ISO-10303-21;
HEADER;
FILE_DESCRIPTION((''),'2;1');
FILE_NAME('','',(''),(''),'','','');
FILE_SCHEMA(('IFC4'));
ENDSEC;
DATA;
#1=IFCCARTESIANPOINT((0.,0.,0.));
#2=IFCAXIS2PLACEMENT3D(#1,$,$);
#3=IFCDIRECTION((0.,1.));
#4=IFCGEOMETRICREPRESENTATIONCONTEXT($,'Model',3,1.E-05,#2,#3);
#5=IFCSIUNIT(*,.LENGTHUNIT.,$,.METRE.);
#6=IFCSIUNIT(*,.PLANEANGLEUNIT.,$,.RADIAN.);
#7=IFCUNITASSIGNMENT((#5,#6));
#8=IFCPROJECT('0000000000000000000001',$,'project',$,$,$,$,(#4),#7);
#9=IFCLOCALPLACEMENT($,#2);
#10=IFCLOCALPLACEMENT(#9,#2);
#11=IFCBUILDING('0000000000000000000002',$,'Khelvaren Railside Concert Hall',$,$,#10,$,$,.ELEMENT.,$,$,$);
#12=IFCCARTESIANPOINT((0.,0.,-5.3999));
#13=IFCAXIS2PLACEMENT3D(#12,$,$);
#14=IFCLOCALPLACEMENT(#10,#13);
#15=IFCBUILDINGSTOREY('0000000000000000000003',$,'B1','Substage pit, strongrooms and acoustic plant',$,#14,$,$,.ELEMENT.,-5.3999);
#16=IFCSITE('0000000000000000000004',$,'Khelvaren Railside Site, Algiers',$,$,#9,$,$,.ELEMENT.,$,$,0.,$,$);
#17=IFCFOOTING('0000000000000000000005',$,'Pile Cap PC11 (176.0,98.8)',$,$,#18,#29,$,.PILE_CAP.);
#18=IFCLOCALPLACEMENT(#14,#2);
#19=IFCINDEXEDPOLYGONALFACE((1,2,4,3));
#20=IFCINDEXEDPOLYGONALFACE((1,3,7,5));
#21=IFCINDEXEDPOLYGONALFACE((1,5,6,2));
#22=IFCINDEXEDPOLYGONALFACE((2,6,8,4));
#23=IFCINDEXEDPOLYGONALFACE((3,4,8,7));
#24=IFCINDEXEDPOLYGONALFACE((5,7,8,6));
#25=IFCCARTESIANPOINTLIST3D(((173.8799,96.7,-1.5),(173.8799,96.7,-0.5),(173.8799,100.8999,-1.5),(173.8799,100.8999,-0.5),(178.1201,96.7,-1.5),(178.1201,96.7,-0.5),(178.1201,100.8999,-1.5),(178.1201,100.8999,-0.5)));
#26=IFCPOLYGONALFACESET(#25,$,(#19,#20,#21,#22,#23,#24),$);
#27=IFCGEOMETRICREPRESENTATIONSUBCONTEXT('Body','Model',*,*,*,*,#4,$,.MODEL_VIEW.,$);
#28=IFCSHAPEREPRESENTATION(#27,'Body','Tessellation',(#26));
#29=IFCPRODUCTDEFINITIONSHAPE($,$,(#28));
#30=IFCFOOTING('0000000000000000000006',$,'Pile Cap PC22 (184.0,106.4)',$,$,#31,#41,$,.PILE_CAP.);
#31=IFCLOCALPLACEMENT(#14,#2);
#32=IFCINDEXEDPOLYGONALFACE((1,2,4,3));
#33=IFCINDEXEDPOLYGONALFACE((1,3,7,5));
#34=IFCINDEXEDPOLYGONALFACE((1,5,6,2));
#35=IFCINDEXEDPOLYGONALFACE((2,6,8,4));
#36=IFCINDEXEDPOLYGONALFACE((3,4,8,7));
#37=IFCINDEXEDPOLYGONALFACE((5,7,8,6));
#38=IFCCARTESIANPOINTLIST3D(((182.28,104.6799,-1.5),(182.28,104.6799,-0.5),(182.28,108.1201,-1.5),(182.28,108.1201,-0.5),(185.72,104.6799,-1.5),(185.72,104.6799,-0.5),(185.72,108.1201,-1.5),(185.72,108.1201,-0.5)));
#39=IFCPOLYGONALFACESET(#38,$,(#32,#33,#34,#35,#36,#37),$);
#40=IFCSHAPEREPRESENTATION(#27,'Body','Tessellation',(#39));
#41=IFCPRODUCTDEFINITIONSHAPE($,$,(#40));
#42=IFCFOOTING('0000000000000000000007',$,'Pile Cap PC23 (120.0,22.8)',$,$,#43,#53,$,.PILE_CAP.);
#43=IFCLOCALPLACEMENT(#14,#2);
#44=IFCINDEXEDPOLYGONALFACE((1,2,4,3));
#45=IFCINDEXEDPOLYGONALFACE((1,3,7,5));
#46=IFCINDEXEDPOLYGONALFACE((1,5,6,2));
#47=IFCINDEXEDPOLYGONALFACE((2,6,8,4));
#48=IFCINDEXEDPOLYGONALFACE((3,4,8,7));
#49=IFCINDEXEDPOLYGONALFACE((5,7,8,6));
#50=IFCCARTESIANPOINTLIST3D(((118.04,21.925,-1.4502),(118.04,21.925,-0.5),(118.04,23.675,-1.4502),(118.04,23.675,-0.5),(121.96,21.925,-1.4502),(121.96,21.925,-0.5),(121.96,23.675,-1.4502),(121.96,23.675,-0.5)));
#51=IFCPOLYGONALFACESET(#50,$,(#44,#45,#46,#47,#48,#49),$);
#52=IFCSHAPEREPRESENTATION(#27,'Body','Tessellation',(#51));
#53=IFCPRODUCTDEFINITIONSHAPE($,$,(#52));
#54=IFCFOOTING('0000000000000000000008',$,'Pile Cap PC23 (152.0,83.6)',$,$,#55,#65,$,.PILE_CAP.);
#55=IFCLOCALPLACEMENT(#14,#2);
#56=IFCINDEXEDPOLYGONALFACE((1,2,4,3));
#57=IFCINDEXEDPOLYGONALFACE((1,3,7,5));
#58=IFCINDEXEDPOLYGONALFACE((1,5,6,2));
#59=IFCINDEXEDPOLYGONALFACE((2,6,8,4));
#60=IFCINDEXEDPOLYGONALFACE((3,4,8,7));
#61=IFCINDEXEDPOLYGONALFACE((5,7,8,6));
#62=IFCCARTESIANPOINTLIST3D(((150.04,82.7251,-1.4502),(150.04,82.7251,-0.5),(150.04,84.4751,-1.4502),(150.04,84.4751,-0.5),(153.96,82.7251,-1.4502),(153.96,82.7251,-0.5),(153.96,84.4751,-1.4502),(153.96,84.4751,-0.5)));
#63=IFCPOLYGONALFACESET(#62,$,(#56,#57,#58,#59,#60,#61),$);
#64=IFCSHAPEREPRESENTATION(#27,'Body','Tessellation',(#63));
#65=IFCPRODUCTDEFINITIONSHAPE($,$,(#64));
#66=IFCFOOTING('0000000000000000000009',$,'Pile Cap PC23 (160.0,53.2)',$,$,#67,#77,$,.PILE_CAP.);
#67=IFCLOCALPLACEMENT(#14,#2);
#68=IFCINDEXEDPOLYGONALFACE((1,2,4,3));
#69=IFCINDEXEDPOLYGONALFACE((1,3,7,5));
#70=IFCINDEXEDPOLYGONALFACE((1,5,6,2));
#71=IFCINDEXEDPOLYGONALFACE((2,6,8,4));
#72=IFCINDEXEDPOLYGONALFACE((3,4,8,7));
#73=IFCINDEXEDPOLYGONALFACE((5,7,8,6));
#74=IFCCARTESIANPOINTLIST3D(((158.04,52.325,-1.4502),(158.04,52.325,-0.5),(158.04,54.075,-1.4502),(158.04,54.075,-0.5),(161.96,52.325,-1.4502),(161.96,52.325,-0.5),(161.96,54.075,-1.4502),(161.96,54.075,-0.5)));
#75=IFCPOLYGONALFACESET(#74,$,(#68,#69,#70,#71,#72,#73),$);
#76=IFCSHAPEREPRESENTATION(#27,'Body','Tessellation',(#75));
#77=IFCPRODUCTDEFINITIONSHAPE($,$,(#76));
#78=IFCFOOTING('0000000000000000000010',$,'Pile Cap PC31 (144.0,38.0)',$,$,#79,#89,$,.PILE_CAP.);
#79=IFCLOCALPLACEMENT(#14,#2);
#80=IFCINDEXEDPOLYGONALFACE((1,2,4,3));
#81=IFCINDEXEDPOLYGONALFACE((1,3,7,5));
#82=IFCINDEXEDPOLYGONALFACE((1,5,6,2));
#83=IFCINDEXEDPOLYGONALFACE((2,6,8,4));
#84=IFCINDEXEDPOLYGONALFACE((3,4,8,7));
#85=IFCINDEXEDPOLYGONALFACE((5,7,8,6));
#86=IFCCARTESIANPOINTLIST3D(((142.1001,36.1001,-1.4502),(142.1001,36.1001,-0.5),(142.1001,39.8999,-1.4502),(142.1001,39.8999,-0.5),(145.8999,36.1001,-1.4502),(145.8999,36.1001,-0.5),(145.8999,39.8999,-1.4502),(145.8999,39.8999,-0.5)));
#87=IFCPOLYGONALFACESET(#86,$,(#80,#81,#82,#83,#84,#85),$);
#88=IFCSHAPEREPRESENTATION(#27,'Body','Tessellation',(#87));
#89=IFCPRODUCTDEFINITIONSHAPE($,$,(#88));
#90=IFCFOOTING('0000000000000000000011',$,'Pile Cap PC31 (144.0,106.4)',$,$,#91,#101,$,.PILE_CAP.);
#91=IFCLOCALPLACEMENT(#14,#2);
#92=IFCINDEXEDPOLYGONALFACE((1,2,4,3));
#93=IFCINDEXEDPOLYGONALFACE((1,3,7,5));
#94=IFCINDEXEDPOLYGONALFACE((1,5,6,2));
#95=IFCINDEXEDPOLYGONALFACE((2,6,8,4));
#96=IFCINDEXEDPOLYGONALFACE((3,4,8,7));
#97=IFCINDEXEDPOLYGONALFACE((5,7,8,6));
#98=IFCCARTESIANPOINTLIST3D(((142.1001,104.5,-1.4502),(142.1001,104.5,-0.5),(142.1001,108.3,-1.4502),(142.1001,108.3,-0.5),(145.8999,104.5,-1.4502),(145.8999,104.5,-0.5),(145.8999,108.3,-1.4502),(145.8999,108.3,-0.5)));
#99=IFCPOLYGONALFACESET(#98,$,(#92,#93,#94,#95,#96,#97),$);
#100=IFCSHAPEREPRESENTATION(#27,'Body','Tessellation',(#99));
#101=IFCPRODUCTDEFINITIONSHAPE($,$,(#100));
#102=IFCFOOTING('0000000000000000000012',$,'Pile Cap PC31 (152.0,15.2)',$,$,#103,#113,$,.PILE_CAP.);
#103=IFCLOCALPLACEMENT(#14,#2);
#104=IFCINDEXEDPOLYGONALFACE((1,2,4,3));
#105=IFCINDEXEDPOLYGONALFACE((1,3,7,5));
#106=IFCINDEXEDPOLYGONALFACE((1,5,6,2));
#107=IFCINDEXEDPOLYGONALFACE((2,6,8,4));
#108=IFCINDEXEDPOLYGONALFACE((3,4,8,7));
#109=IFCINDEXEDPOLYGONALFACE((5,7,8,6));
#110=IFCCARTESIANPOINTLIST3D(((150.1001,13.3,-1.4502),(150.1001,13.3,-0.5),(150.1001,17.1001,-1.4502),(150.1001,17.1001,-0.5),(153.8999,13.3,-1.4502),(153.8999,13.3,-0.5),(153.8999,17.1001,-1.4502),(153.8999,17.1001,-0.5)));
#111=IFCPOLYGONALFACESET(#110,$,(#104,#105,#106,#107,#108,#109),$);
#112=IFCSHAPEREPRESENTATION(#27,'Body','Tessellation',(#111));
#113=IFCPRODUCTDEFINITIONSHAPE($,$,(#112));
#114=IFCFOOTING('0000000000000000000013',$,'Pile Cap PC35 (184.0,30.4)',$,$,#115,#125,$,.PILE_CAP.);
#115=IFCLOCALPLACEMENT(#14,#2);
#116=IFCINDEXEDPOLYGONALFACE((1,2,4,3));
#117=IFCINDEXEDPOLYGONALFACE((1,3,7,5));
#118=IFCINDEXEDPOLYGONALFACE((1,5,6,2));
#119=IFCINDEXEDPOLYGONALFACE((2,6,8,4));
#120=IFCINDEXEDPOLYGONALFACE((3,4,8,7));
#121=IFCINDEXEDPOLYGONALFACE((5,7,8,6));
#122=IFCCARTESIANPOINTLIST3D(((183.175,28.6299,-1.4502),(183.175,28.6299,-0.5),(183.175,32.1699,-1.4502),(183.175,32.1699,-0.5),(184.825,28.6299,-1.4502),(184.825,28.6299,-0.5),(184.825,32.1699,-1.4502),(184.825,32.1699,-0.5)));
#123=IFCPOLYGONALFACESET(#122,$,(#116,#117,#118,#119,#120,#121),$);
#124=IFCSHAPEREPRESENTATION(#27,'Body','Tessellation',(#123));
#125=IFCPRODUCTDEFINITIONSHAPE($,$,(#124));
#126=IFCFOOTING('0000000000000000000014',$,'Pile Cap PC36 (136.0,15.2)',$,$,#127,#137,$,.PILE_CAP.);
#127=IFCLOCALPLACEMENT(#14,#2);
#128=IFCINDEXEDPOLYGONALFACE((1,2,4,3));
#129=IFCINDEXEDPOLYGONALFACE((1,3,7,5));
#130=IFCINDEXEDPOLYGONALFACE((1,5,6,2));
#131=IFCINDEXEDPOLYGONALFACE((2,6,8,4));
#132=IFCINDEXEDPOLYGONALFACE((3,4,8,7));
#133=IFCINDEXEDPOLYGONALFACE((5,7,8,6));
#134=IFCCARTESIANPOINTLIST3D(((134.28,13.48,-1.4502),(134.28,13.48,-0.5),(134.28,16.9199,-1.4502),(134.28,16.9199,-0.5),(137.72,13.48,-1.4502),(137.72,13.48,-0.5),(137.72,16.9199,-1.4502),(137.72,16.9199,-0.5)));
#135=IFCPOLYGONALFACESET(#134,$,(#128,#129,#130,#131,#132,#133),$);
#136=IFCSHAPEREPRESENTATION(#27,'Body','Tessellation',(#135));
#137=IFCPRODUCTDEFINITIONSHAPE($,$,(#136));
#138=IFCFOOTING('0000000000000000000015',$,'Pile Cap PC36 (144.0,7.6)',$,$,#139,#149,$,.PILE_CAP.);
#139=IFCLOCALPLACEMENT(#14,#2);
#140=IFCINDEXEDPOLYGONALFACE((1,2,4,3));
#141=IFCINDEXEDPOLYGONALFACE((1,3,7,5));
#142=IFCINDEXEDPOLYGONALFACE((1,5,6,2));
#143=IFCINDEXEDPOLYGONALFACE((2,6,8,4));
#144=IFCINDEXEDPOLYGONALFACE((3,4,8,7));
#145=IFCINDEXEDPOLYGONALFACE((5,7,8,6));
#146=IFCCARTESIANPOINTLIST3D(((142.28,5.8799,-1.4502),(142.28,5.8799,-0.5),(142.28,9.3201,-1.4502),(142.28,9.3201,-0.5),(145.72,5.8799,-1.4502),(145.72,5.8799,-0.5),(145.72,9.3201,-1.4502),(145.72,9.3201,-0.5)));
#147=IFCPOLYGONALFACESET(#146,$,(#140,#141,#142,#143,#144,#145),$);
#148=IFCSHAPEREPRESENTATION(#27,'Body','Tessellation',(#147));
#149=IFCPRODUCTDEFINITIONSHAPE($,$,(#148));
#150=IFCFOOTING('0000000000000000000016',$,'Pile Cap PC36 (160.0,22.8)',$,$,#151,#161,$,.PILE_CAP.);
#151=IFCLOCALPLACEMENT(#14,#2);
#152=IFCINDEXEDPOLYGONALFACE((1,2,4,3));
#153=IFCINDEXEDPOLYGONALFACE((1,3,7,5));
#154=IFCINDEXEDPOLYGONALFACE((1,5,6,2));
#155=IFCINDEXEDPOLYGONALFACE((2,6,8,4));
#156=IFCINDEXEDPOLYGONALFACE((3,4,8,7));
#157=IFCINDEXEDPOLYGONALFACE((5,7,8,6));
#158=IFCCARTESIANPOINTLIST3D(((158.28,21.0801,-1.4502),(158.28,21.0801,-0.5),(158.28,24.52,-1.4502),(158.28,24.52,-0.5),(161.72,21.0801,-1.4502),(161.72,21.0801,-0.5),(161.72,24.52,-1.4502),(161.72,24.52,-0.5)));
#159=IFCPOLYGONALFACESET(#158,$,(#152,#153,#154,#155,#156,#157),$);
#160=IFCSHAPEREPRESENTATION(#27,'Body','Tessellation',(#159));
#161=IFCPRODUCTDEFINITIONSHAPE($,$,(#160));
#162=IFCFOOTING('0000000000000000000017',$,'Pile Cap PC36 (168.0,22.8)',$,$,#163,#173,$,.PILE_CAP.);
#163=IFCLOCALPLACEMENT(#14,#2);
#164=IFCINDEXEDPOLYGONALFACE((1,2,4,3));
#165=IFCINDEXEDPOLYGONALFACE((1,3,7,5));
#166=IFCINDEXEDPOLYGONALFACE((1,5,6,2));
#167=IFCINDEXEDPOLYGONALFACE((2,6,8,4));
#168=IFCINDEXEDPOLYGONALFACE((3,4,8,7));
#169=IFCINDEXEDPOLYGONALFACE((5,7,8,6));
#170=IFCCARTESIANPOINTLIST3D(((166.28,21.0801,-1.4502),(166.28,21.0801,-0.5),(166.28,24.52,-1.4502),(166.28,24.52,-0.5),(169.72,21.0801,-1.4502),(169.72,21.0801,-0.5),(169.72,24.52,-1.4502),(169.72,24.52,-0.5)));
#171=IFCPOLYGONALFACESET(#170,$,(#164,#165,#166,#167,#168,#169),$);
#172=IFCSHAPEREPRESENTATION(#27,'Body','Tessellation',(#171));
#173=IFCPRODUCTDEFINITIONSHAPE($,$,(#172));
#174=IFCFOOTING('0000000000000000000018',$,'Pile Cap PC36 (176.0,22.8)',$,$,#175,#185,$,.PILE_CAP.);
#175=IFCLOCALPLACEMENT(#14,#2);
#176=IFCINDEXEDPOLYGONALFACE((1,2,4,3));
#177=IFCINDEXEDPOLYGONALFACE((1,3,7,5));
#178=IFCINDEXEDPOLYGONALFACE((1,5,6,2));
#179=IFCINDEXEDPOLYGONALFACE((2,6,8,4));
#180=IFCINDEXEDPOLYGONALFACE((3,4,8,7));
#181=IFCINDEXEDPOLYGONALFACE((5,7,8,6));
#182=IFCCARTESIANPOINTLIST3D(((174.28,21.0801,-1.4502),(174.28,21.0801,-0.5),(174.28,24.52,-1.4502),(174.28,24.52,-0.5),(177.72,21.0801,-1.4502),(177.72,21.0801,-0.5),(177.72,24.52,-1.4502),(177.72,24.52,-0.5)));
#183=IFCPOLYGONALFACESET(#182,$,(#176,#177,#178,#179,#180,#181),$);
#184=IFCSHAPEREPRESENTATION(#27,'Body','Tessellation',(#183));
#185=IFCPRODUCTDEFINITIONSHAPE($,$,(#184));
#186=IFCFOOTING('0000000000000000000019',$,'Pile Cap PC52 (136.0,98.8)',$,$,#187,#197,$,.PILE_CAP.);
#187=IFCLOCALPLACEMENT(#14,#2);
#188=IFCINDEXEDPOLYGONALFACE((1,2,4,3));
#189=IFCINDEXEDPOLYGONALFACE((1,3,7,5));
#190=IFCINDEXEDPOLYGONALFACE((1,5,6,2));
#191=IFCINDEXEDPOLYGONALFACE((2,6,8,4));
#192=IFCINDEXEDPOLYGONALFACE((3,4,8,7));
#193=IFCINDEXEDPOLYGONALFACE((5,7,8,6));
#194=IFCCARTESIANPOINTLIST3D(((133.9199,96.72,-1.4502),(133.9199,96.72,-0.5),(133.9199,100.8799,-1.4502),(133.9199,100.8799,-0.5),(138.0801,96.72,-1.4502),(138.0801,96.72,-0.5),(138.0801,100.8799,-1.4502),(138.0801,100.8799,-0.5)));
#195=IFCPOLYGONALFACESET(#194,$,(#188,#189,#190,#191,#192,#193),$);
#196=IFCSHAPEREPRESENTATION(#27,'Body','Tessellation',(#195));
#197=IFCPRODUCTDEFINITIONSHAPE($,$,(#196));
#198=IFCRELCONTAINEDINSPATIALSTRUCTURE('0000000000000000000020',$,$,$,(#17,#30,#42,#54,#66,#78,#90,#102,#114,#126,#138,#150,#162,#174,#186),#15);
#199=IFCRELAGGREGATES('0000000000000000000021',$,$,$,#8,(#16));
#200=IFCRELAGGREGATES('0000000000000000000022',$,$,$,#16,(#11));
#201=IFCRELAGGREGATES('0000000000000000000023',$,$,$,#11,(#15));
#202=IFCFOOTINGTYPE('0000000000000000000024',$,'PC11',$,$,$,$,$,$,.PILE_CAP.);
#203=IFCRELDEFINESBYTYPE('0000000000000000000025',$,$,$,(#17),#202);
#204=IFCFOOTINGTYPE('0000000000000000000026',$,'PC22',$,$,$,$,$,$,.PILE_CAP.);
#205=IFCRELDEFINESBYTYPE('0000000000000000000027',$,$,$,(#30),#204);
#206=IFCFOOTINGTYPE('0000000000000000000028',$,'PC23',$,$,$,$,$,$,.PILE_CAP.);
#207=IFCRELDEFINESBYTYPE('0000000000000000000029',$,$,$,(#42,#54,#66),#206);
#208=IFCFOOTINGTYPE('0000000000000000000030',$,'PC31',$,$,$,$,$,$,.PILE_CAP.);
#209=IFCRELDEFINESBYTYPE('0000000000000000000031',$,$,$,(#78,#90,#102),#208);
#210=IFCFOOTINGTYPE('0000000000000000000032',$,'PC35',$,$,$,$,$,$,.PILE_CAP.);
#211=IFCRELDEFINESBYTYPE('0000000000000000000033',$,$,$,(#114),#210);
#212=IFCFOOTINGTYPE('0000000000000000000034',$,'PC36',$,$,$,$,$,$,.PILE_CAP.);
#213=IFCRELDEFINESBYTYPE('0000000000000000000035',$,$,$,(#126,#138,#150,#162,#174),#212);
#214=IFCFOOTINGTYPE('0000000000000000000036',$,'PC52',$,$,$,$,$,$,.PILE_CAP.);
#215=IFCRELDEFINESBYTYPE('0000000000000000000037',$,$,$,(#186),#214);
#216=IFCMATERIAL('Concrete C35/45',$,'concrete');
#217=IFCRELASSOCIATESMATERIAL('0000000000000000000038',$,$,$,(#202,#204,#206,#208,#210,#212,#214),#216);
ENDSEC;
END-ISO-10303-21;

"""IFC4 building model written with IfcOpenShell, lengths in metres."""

from ifc_helpers import new_model, si_unit, direction, frame, origin, place, context, subcontext, project, spatial, polyline, outline, extrude, material, type_object, element, save


model = new_model("IFC4")

# Units and contexts
model_context = context("Model", 3, precision=1e-05, world=origin(), true_north=direction((0.0, 1.0)))
body_context = subcontext(model_context, "Body", "Model", "MODEL_VIEW")
ifc_project = project(units=[si_unit("LENGTHUNIT", "METRE"), si_unit("PLANEANGLEUNIT", "RADIAN")], contexts=[model_context])

# Site, building, storey
site_placement = place(None, origin())
site = spatial("IfcSite", under=ifc_project, at=site_placement, Name="Khelvaren Railside Site, Algiers", CompositionType="ELEMENT", RefElevation=0.0)
building_placement = place(site_placement, origin())
building = spatial("IfcBuilding", under=site, at=building_placement, Name="Khelvaren Railside Concert Hall", CompositionType="ELEMENT")
storey_placement = place(building_placement, frame((0.0, 0.0, -5.3999)))
storey = spatial("IfcBuildingStorey", under=building, at=storey_placement, Name="B1", Description="Substage pit, strongrooms and acoustic plant", CompositionType="ELEMENT", Elevation=-5.3999)

# Footings
ifc_material = material(Name="Concrete C35/45", Category="concrete")
footing_type_1 = type_object("IfcFootingType", Name="PC11", PredefinedType="PILE_CAP", material=ifc_material)
footing_1_placement = place(storey_placement, frame((0.0, 0.0, -1.5)))
element("IfcFooting", 1, at=footing_1_placement, inside=storey, type_object=footing_type_1, Name="Pile Cap PC11 (176.0,98.8)", PredefinedType="PILE_CAP", context=body_context, shape_type="SweptSolid", body=[
    extrude(outline(polyline([(173.8799, 96.7), (178.1201, 96.7), (178.1201, 100.8999), (173.8799, 100.8999), (173.8799, 96.7)])), origin(), (0.0, 0.0, 1.0), 1.0),
])
footing_type_2 = type_object("IfcFootingType", Name="PC22", PredefinedType="PILE_CAP", material=ifc_material)
footing_2_placement = place(storey_placement, frame((0.0, 0.0, -1.5)))
element("IfcFooting", 2, at=footing_2_placement, inside=storey, type_object=footing_type_2, Name="Pile Cap PC22 (184.0,106.4)", PredefinedType="PILE_CAP", context=body_context, shape_type="SweptSolid", body=[
    extrude(outline(polyline([(182.28, 104.6799), (185.72, 104.6799), (185.72, 108.1201), (182.28, 108.1201), (182.28, 104.6799)])), origin(), (0.0, 0.0, 1.0), 1.0),
])
footing_type_3 = type_object("IfcFootingType", Name="PC23", PredefinedType="PILE_CAP", material=ifc_material)
footing_3_placement = place(storey_placement, frame((0.0, 0.0, -1.4502)))
element("IfcFooting", 3, at=footing_3_placement, inside=storey, type_object=footing_type_3, Name="Pile Cap PC23 (120.0,22.8)", PredefinedType="PILE_CAP", context=body_context, shape_type="SweptSolid", body=[
    extrude(outline(polyline([(118.04, 21.925), (121.96, 21.925), (121.96, 23.675), (118.04, 23.675), (118.04, 21.925)])), origin(), (0.0, 0.0, 1.0), 0.9502),
])
footing_4_placement = place(storey_placement, frame((0.0, 0.0, -1.4502)))
element("IfcFooting", 4, at=footing_4_placement, inside=storey, type_object=footing_type_3, Name="Pile Cap PC23 (152.0,83.6)", PredefinedType="PILE_CAP", context=body_context, shape_type="SweptSolid", body=[
    extrude(outline(polyline([(150.04, 82.7251), (153.96, 82.7251), (153.96, 84.4751), (150.04, 84.4751), (150.04, 82.7251)])), origin(), (0.0, 0.0, 1.0), 0.9502),
])
footing_5_placement = place(storey_placement, frame((0.0, 0.0, -1.4502)))
element("IfcFooting", 5, at=footing_5_placement, inside=storey, type_object=footing_type_3, Name="Pile Cap PC23 (160.0,53.2)", PredefinedType="PILE_CAP", context=body_context, shape_type="SweptSolid", body=[
    extrude(outline(polyline([(158.04, 52.325), (161.96, 52.325), (161.96, 54.075), (158.04, 54.075), (158.04, 52.325)])), origin(), (0.0, 0.0, 1.0), 0.9502),
])
footing_type_4 = type_object("IfcFootingType", Name="PC31", PredefinedType="PILE_CAP", material=ifc_material)
footing_6_placement = place(storey_placement, frame((0.0, 0.0, -1.4502)))
element("IfcFooting", 6, at=footing_6_placement, inside=storey, type_object=footing_type_4, Name="Pile Cap PC31 (144.0,38.0)", PredefinedType="PILE_CAP", context=body_context, shape_type="SweptSolid", body=[
    extrude(outline(polyline([(142.1001, 36.1001), (145.8999, 36.1001), (145.8999, 39.8999), (142.1001, 39.8999), (142.1001, 36.1001)])), origin(), (0.0, 0.0, 1.0), 0.9502),
])
footing_7_placement = place(storey_placement, frame((0.0, 0.0, -1.4502)))
element("IfcFooting", 7, at=footing_7_placement, inside=storey, type_object=footing_type_4, Name="Pile Cap PC31 (144.0,106.4)", PredefinedType="PILE_CAP", context=body_context, shape_type="SweptSolid", body=[
    extrude(outline(polyline([(142.1001, 104.5), (145.8999, 104.5), (145.8999, 108.3), (142.1001, 108.3), (142.1001, 104.5)])), origin(), (0.0, 0.0, 1.0), 0.9502),
])
footing_8_placement = place(storey_placement, frame((0.0, 0.0, -1.4502)))
element("IfcFooting", 8, at=footing_8_placement, inside=storey, type_object=footing_type_4, Name="Pile Cap PC31 (152.0,15.2)", PredefinedType="PILE_CAP", context=body_context, shape_type="SweptSolid", body=[
    extrude(outline(polyline([(150.1001, 13.3), (153.8999, 13.3), (153.8999, 17.1001), (150.1001, 17.1001), (150.1001, 13.3)])), origin(), (0.0, 0.0, 1.0), 0.9502),
])
footing_type_5 = type_object("IfcFootingType", Name="PC35", PredefinedType="PILE_CAP", material=ifc_material)
footing_9_placement = place(storey_placement, frame((0.0, 0.0, -1.4502)))
element("IfcFooting", 9, at=footing_9_placement, inside=storey, type_object=footing_type_5, Name="Pile Cap PC35 (184.0,30.4)", PredefinedType="PILE_CAP", context=body_context, shape_type="SweptSolid", body=[
    extrude(outline(polyline([(183.175, 28.6299), (184.825, 28.6299), (184.825, 32.1699), (183.175, 32.1699), (183.175, 28.6299)])), origin(), (0.0, 0.0, 1.0), 0.9502),
])
footing_type_6 = type_object("IfcFootingType", Name="PC36", PredefinedType="PILE_CAP", material=ifc_material)
footing_10_placement = place(storey_placement, frame((0.0, 0.0, -1.4502)))
element("IfcFooting", 10, at=footing_10_placement, inside=storey, type_object=footing_type_6, Name="Pile Cap PC36 (136.0,15.2)", PredefinedType="PILE_CAP", context=body_context, shape_type="SweptSolid", body=[
    extrude(outline(polyline([(134.28, 13.48), (137.72, 13.48), (137.72, 16.9199), (134.28, 16.9199), (134.28, 13.48)])), origin(), (0.0, 0.0, 1.0), 0.9502),
])
footing_11_placement = place(storey_placement, frame((0.0, 0.0, -1.4502)))
element("IfcFooting", 11, at=footing_11_placement, inside=storey, type_object=footing_type_6, Name="Pile Cap PC36 (144.0,7.6)", PredefinedType="PILE_CAP", context=body_context, shape_type="SweptSolid", body=[
    extrude(outline(polyline([(142.28, 5.8799), (145.72, 5.8799), (145.72, 9.3201), (142.28, 9.3201), (142.28, 5.8799)])), origin(), (0.0, 0.0, 1.0), 0.9502),
])
footing_12_placement = place(storey_placement, frame((0.0, 0.0, -1.4502)))
element("IfcFooting", 12, at=footing_12_placement, inside=storey, type_object=footing_type_6, Name="Pile Cap PC36 (160.0,22.8)", PredefinedType="PILE_CAP", context=body_context, shape_type="SweptSolid", body=[
    extrude(outline(polyline([(158.28, 21.0801), (161.72, 21.0801), (161.72, 24.52), (158.28, 24.52), (158.28, 21.0801)])), origin(), (0.0, 0.0, 1.0), 0.9502),
])
footing_13_placement = place(storey_placement, frame((0.0, 0.0, -1.4502)))
element("IfcFooting", 13, at=footing_13_placement, inside=storey, type_object=footing_type_6, Name="Pile Cap PC36 (168.0,22.8)", PredefinedType="PILE_CAP", context=body_context, shape_type="SweptSolid", body=[
    extrude(outline(polyline([(166.28, 21.0801), (169.72, 21.0801), (169.72, 24.52), (166.28, 24.52), (166.28, 21.0801)])), origin(), (0.0, 0.0, 1.0), 0.9502),
])
footing_14_placement = place(storey_placement, frame((0.0, 0.0, -1.4502)))
element("IfcFooting", 14, at=footing_14_placement, inside=storey, type_object=footing_type_6, Name="Pile Cap PC36 (176.0,22.8)", PredefinedType="PILE_CAP", context=body_context, shape_type="SweptSolid", body=[
    extrude(outline(polyline([(174.28, 21.0801), (177.72, 21.0801), (177.72, 24.52), (174.28, 24.52), (174.28, 21.0801)])), origin(), (0.0, 0.0, 1.0), 0.9502),
])
footing_type_7 = type_object("IfcFootingType", Name="PC52", PredefinedType="PILE_CAP", material=ifc_material)
footing_15_placement = place(storey_placement, frame((0.0, 0.0, -1.4502)))
element("IfcFooting", 15, at=footing_15_placement, inside=storey, type_object=footing_type_7, Name="Pile Cap PC52 (136.0,98.8)", PredefinedType="PILE_CAP", context=body_context, shape_type="SweptSolid", body=[
    extrude(outline(polyline([(133.9199, 96.72), (138.0801, 96.72), (138.0801, 100.8799), (133.9199, 100.8799), (133.9199, 96.72)])), origin(), (0.0, 0.0, 1.0), 0.9502),
])

save(model, "model.ifc")
